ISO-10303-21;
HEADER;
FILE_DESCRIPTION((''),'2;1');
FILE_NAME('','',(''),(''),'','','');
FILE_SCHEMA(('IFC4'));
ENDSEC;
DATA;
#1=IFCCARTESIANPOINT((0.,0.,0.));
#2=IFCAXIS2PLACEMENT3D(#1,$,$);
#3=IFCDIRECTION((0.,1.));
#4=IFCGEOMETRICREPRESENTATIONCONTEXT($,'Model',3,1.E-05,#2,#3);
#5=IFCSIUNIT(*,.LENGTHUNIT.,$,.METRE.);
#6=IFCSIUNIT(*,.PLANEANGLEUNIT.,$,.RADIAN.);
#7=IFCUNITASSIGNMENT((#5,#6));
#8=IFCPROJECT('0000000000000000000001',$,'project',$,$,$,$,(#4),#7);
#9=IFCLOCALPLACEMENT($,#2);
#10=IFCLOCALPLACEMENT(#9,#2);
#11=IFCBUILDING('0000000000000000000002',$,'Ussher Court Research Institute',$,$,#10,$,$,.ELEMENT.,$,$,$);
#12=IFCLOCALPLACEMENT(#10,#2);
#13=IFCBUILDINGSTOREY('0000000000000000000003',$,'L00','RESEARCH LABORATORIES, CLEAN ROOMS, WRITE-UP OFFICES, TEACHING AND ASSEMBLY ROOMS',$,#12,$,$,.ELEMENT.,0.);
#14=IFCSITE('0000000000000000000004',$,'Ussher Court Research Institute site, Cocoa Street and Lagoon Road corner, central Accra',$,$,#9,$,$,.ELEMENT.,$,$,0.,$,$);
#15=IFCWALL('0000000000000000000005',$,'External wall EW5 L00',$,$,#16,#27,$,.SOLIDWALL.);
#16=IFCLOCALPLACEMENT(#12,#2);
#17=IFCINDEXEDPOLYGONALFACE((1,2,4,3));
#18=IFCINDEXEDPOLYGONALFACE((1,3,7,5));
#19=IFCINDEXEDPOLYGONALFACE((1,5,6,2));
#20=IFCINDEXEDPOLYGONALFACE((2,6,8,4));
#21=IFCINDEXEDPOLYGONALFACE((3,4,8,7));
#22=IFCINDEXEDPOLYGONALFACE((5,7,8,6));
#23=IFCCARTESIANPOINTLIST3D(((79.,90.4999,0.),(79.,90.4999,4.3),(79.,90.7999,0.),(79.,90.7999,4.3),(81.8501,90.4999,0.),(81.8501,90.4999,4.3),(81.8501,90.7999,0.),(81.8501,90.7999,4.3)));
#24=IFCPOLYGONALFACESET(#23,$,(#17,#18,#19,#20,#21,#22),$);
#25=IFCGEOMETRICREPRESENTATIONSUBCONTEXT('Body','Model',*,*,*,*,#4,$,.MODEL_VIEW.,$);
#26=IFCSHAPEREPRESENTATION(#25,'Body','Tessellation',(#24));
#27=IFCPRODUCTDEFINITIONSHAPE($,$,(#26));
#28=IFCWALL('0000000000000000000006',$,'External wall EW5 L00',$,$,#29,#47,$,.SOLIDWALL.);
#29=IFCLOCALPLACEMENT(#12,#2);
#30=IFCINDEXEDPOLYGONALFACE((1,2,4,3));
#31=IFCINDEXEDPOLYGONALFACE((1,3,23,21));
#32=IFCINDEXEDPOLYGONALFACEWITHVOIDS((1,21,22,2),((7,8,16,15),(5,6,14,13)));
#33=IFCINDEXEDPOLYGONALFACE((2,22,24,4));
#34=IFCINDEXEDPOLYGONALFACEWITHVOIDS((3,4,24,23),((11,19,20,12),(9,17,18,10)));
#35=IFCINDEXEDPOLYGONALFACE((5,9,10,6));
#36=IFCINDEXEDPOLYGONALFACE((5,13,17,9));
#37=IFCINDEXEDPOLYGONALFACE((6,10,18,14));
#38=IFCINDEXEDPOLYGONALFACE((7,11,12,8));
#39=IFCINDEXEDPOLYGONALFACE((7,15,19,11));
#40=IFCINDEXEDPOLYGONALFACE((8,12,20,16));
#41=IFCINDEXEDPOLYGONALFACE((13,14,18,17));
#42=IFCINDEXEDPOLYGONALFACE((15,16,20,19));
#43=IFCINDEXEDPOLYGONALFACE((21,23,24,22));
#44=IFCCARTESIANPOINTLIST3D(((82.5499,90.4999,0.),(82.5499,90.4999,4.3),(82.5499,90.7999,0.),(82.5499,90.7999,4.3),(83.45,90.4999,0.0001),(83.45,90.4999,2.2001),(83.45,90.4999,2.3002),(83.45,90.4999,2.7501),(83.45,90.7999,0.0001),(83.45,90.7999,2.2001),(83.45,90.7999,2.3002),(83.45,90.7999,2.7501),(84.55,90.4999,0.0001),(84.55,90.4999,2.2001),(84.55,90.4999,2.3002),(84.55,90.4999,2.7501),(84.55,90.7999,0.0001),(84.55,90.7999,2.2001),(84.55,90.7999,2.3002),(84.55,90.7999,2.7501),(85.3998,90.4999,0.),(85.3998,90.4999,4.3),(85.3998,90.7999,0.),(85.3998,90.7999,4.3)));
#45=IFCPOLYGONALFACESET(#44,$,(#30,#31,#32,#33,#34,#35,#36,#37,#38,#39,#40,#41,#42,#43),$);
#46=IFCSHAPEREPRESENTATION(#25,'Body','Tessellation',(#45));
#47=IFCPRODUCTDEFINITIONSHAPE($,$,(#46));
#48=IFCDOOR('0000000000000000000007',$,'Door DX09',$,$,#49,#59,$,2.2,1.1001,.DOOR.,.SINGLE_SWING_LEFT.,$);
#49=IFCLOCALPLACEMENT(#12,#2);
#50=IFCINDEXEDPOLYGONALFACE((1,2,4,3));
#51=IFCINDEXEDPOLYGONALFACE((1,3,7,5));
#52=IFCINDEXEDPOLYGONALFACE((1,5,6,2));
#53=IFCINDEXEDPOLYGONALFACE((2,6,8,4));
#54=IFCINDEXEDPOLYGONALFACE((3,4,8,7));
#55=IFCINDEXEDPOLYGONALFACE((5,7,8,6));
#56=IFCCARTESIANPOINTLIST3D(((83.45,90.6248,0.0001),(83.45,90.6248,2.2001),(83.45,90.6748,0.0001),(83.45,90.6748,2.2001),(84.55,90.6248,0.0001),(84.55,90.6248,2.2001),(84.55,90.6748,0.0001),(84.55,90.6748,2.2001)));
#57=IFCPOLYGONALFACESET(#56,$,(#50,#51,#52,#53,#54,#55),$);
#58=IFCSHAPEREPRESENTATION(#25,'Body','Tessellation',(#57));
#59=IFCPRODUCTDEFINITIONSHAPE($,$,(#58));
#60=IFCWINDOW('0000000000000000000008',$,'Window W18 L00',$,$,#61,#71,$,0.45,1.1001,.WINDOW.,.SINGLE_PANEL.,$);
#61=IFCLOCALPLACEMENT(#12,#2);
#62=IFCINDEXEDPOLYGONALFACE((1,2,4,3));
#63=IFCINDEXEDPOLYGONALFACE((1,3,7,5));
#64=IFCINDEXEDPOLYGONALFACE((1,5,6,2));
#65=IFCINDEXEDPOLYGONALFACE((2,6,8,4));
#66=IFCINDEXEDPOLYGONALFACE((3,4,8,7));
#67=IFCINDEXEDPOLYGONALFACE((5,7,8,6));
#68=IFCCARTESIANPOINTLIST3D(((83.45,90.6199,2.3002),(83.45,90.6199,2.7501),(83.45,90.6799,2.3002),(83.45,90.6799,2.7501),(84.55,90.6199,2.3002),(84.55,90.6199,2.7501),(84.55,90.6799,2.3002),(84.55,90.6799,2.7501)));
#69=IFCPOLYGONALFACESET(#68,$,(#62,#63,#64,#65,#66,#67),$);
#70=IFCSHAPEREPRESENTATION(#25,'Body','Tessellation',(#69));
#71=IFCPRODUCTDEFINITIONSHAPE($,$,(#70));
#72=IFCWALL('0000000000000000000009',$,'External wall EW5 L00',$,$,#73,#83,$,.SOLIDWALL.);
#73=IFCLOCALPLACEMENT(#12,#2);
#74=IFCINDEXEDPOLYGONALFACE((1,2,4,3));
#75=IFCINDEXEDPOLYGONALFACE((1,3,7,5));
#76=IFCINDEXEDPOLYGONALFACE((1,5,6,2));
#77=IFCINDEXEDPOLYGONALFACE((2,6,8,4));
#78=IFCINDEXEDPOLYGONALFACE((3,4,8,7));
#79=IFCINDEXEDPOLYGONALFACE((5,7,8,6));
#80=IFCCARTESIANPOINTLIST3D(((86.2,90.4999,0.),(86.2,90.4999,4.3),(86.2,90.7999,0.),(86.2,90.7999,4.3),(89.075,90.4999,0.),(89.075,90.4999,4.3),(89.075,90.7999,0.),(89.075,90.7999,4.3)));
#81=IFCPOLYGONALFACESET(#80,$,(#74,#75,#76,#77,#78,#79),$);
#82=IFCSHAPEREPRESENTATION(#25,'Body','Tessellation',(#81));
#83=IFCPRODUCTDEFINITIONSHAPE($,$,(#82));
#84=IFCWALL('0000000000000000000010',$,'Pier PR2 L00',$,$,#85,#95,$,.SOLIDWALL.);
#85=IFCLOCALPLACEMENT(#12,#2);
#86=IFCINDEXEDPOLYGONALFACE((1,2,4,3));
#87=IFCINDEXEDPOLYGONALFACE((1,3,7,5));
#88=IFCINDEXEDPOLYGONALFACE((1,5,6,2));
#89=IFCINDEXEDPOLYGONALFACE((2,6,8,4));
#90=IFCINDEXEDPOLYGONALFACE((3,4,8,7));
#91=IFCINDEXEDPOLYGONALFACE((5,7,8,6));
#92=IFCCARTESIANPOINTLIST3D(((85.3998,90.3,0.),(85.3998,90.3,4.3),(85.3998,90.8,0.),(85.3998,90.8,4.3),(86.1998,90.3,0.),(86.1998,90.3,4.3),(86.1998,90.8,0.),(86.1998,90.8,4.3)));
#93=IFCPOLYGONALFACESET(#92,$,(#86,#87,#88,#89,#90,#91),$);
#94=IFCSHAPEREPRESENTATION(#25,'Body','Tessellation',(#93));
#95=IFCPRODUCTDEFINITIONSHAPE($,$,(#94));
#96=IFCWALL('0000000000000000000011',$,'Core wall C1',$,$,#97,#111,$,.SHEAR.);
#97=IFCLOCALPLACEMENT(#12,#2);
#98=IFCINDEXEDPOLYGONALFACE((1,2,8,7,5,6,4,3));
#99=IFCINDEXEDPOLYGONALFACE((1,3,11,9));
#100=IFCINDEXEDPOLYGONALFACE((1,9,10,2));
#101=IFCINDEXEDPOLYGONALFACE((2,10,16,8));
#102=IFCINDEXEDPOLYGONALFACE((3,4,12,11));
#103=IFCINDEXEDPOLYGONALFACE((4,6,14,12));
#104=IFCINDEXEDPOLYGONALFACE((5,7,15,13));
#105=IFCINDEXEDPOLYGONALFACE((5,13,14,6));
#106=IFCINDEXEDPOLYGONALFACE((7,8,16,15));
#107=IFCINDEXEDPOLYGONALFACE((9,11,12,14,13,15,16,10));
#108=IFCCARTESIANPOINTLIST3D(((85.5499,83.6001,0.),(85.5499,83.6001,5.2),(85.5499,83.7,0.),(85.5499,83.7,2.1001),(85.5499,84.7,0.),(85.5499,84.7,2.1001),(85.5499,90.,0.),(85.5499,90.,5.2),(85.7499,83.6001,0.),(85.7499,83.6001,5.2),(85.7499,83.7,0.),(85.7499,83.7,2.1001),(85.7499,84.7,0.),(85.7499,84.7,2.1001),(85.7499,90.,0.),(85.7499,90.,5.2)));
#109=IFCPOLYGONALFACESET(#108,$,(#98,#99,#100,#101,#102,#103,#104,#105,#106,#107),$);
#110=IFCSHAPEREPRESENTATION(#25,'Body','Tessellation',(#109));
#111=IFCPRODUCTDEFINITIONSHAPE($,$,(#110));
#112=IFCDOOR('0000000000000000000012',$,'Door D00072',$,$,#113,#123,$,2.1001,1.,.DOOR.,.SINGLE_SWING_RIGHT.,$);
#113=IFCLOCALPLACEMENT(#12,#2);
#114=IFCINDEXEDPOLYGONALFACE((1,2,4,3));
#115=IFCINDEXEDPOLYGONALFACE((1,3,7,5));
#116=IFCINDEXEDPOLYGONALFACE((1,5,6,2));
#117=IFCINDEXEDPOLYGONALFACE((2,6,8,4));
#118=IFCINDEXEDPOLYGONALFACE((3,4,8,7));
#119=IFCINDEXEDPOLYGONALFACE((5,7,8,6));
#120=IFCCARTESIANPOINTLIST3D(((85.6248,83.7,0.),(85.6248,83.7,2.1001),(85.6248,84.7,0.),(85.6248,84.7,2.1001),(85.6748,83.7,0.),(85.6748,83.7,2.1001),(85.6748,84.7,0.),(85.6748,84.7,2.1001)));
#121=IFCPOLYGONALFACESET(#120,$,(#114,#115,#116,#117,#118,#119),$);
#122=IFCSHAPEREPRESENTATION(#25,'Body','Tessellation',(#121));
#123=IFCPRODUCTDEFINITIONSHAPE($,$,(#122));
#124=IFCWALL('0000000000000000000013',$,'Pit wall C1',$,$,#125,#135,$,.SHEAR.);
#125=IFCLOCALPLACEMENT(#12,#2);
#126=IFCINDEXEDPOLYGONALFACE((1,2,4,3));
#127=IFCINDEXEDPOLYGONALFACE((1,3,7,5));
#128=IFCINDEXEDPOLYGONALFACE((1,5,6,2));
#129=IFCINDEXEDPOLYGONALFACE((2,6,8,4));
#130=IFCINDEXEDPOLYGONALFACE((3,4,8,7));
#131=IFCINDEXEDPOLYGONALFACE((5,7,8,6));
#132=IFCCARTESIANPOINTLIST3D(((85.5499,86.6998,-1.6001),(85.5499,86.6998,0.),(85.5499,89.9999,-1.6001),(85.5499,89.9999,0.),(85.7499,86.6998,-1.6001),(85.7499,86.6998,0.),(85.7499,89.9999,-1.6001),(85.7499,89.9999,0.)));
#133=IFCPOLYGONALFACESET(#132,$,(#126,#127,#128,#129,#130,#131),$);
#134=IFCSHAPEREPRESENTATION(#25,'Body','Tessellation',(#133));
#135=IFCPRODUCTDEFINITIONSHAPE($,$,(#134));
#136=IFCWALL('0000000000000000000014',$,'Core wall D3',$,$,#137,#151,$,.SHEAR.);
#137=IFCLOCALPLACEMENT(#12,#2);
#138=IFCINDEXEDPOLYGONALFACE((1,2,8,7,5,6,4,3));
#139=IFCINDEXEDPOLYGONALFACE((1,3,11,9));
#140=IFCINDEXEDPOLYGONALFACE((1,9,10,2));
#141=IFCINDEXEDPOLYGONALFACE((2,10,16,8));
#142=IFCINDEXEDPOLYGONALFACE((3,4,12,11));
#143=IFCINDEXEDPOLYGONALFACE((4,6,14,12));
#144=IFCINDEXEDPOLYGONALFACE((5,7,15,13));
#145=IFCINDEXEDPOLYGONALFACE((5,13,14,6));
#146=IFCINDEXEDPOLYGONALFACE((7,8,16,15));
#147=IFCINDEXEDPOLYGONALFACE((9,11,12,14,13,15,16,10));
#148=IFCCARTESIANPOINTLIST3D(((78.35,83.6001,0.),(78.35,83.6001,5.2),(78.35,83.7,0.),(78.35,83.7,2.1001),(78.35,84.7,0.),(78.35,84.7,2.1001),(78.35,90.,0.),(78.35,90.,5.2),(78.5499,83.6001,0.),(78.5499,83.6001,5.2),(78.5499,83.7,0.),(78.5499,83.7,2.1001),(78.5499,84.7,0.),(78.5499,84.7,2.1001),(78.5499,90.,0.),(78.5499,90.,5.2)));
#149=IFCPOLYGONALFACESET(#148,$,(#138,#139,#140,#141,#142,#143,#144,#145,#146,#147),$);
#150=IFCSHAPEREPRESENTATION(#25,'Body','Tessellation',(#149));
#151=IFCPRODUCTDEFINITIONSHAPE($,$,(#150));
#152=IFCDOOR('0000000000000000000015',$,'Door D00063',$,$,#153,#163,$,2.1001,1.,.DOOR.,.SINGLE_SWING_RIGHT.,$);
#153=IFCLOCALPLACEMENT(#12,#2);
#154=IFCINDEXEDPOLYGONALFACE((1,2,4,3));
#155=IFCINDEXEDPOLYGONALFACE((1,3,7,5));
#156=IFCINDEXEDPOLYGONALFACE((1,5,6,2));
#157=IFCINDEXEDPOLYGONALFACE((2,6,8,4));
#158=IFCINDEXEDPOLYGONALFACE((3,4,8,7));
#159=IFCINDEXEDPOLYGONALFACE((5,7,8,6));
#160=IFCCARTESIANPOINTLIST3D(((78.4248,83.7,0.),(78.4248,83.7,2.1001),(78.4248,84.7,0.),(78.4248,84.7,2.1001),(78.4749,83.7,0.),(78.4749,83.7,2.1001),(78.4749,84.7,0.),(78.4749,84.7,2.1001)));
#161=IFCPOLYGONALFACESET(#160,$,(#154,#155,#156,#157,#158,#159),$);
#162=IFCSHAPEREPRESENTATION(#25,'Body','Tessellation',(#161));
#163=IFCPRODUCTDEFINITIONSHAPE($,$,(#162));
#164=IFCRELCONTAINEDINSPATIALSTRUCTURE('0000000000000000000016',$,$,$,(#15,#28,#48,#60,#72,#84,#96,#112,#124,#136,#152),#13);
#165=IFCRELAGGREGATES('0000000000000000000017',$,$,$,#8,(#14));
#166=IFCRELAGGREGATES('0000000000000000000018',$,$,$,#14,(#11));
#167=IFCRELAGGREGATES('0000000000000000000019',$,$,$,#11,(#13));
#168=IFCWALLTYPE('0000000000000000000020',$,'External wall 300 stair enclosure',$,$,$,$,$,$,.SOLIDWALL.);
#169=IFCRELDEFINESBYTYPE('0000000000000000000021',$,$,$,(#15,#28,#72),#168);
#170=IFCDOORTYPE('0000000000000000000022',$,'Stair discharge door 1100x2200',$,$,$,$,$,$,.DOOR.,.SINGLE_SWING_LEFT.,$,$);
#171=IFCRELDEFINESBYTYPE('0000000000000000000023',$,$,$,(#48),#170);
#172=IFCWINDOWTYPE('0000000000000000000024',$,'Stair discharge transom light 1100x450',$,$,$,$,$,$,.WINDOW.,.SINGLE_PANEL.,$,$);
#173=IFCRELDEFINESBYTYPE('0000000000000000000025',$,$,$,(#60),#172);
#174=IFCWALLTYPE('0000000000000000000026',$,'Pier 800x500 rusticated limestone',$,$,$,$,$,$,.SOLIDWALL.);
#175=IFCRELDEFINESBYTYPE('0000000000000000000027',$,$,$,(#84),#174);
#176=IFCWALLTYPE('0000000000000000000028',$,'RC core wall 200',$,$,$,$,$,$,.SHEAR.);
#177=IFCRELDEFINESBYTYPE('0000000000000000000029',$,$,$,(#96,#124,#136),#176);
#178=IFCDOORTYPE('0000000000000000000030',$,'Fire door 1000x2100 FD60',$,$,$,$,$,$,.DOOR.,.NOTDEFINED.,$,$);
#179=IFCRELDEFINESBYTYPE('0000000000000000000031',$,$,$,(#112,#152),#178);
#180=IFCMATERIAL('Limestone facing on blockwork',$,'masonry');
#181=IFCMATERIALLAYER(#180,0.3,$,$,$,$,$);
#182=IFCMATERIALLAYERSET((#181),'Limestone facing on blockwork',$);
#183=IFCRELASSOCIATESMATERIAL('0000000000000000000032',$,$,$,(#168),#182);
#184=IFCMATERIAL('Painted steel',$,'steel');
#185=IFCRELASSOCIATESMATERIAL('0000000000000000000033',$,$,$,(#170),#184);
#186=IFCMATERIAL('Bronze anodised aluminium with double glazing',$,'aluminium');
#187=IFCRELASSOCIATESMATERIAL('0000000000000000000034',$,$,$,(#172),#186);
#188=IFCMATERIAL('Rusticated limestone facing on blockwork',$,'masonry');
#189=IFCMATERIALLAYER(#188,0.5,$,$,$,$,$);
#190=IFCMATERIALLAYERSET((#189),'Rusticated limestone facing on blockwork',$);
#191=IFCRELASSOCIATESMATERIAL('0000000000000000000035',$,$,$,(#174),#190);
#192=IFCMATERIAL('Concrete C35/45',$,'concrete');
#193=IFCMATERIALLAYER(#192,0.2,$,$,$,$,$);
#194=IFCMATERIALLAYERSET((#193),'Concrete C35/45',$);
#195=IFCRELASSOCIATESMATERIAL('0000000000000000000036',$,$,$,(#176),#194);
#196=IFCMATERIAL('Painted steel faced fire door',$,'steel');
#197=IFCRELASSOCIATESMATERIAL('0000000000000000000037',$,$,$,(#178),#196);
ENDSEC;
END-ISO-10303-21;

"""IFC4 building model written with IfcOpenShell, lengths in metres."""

from ifc_helpers import new_model, si_unit, direction, frame, frame_2d, origin, place, context, subcontext, project, spatial, rectangle, extrude, material, layer, layer_set, type_object, element, fill, save


model = new_model("IFC4")

# Units and contexts
model_context = context("Model", 3, precision=1e-05, world=origin(), true_north=direction((0.0, 1.0)))
body_context = subcontext(model_context, "Body", "Model", "MODEL_VIEW")
ifc_project = project(units=[si_unit("LENGTHUNIT", "METRE"), si_unit("PLANEANGLEUNIT", "RADIAN")], contexts=[model_context])

# Site, building, storey
site_placement = place(None, origin())
site = spatial("IfcSite", under=ifc_project, at=site_placement, Name="Ussher Court Research Institute site, Cocoa Street and Lagoon Road corner, central Accra", CompositionType="ELEMENT", RefElevation=0.0)
building_placement = place(site_placement, origin())
building = spatial("IfcBuilding", under=site, at=building_placement, Name="Ussher Court Research Institute", CompositionType="ELEMENT")
storey_placement = place(building_placement, origin())
storey = spatial("IfcBuildingStorey", under=building, at=storey_placement, Name="L00", Description="RESEARCH LABORATORIES, CLEAN ROOMS, WRITE-UP OFFICES, TEACHING AND ASSEMBLY ROOMS", CompositionType="ELEMENT", Elevation=0.0)

# Wall
ifc_material_1 = material(Name="Limestone facing on blockwork", Category="masonry")
ifc_layer_1 = layer(ifc_material_1, 0.3)
ifc_layer_set_1 = layer_set([ifc_layer_1], Name="Limestone facing on blockwork")
wall_type_1 = type_object("IfcWallType", Name="External wall 300 stair enclosure", PredefinedType="SOLIDWALL", material=ifc_layer_set_1)
wall_1_placement = place(storey_placement, frame((79.0, 90.6499, 0.0), z_axis=(0.0, 0.0, 1.0), x_axis=(1.0, 0.0, 0.0)))
element("IfcWall", 1, at=wall_1_placement, inside=storey, type_object=wall_type_1, Name="External wall EW5 L00", PredefinedType="SOLIDWALL", context=body_context, shape_type="SweptSolid", body=[
    extrude(rectangle(XDim=2.8501, YDim=0.3, at=frame_2d((1.425, 0.0))), origin(), (0.0, 0.0, 1.0), 4.3),
])

# Wall, openings, door, window
wall_2_placement = place(storey_placement, frame((82.55, 90.6499, 0.0), z_axis=(0.0, 0.0, 1.0), x_axis=(1.0, 0.0, 0.0)))
wall_2 = element("IfcWall", 2, at=wall_2_placement, inside=storey, type_object=wall_type_1, Name="External wall EW5 L00", PredefinedType="SOLIDWALL", context=body_context, shape_type="SweptSolid", body=[
    extrude(rectangle(XDim=2.8499, YDim=0.3, at=frame_2d((1.4248, 0.0))), origin(), (0.0, 0.0, 1.0), 4.3),
])
opening_1_placement = place(wall_2_placement, frame((0.8999, 0.0, 0.0)))
opening_1 = element("IfcOpeningElement", 3, at=opening_1_placement, cuts=wall_2, PredefinedType="OPENING", context=body_context, shape_type="SweptSolid", body=[
    extrude(rectangle(XDim=1.1001, YDim=2.2, at=frame_2d((0.55, 1.1001))), frame((0.0, 0.1602, 0.0), z_axis=(0.0, -1.0, 0.0), x_axis=(1.0, 0.0, 0.0)), (0.0, 0.0, 1.0), 0.3201),
])
opening_2_placement = place(wall_2_placement, frame((0.8999, 0.0, 2.3)))
opening_2 = element("IfcOpeningElement", 4, at=opening_2_placement, cuts=wall_2, PredefinedType="OPENING", context=body_context, shape_type="SweptSolid", body=[
    extrude(rectangle(XDim=1.1001, YDim=0.45, at=frame_2d((0.55, 0.2251))), frame((0.0, 0.1602, 0.0), z_axis=(0.0, -1.0, 0.0), x_axis=(1.0, 0.0, 0.0)), (0.0, 0.0, 1.0), 0.3201),
])
ifc_material_2 = material(Name="Painted steel", Category="steel")
door_type_1 = type_object("IfcDoorType", Name="Stair discharge door 1100x2200", OperationType="SINGLE_SWING_LEFT", PredefinedType="DOOR", material=ifc_material_2)
door_1_placement = place(opening_1_placement, origin())
door_1 = element("IfcDoor", 5, at=door_1_placement, inside=storey, type_object=door_type_1, Name="Door DX09", OperationType="SINGLE_SWING_LEFT", OverallHeight=2.2, OverallWidth=1.1001, PredefinedType="DOOR", context=body_context, shape_type="SweptSolid", body=[
    extrude(rectangle(XDim=1.1001, YDim=2.2, at=frame_2d((0.55, 1.1001))), frame((0.0, 0.0249, 0.0), z_axis=(0.0, -1.0, 0.0), x_axis=(1.0, 0.0, 0.0)), (0.0, 0.0, 1.0), 0.05),
])
fill(opening_1, door_1)
ifc_material_3 = material(Name="Bronze anodised aluminium with double glazing", Category="aluminium")
window_type = type_object("IfcWindowType", Name="Stair discharge transom light 1100x450", PartitioningType="SINGLE_PANEL", PredefinedType="WINDOW", material=ifc_material_3)
window_placement = place(opening_2_placement, origin())
window = element("IfcWindow", 6, at=window_placement, inside=storey, type_object=window_type, Name="Window W18 L00", OverallHeight=0.45, OverallWidth=1.1001, PartitioningType="SINGLE_PANEL", PredefinedType="WINDOW", context=body_context, shape_type="SweptSolid", body=[
    extrude(rectangle(XDim=1.1001, YDim=0.45, at=frame_2d((0.55, 0.2251))), frame((0.0, 0.03, 0.0), z_axis=(0.0, -1.0, 0.0), x_axis=(1.0, 0.0, 0.0)), (0.0, 0.0, 1.0), 0.0601),
])
fill(opening_2, window)

# Walls
wall_3_placement = place(storey_placement, frame((86.2, 90.6499, 0.0), z_axis=(0.0, 0.0, 1.0), x_axis=(1.0, 0.0, 0.0)))
element("IfcWall", 7, at=wall_3_placement, inside=storey, type_object=wall_type_1, Name="External wall EW5 L00", PredefinedType="SOLIDWALL", context=body_context, shape_type="SweptSolid", body=[
    extrude(rectangle(XDim=2.875, YDim=0.3, at=frame_2d((1.4375, 0.0))), origin(), (0.0, 0.0, 1.0), 4.3),
])
ifc_material_4 = material(Name="Rusticated limestone facing on blockwork", Category="masonry")
ifc_layer_2 = layer(ifc_material_4, 0.5)
ifc_layer_set_2 = layer_set([ifc_layer_2], Name="Rusticated limestone facing on blockwork")
wall_type_2 = type_object("IfcWallType", Name="Pier 800x500 rusticated limestone", PredefinedType="SOLIDWALL", material=ifc_layer_set_2)
wall_4_placement = place(storey_placement, frame((85.3999, 90.55, 0.0), z_axis=(0.0, 0.0, 1.0), x_axis=(1.0, 0.0, 0.0)))
element("IfcWall", 8, at=wall_4_placement, inside=storey, type_object=wall_type_2, Name="Pier PR2 L00", PredefinedType="SOLIDWALL", context=body_context, shape_type="SweptSolid", body=[
    extrude(rectangle(XDim=0.8, YDim=0.5, at=frame_2d((0.3999, 0.0))), origin(), (0.0, 0.0, 1.0), 4.3),
])

# Wall, opening, door
ifc_material_5 = material(Name="Concrete C35/45", Category="concrete")
ifc_layer_3 = layer(ifc_material_5, 0.2)
ifc_layer_set_3 = layer_set([ifc_layer_3], Name="Concrete C35/45")
wall_type_3 = type_object("IfcWallType", Name="RC core wall 200", PredefinedType="SHEAR", material=ifc_layer_set_3)
wall_5_placement = place(storey_placement, frame((85.6499, 90.0, 0.0), z_axis=(0.0, 0.0, 1.0), x_axis=(0.0, -1.0, 0.0)))
wall_5 = element("IfcWall", 9, at=wall_5_placement, inside=storey, type_object=wall_type_3, Name="Core wall C1", PredefinedType="SHEAR", context=body_context, shape_type="SweptSolid", body=[
    extrude(rectangle(XDim=6.3999, YDim=0.2, at=frame_2d((3.2, 0.0))), origin(), (0.0, 0.0, 1.0), 5.2),
])
opening_3_placement = place(wall_5_placement, frame((5.3, 0.0, 0.0)))
opening_3 = element("IfcOpeningElement", 10, at=opening_3_placement, cuts=wall_5, PredefinedType="OPENING", context=body_context, shape_type="SweptSolid", body=[
    extrude(rectangle(XDim=1.0, YDim=2.1001, at=frame_2d((0.5, 1.05))), frame((0.0, 0.1099, 0.0), z_axis=(0.0, -1.0, 0.0), x_axis=(1.0, 0.0, 0.0)), (0.0, 0.0, 1.0), 0.22),
])
ifc_material_6 = material(Name="Painted steel faced fire door", Category="steel")
door_type_2 = type_object("IfcDoorType", Name="Fire door 1000x2100 FD60", OperationType="NOTDEFINED", PredefinedType="DOOR", material=ifc_material_6)
door_2_placement = place(opening_3_placement, origin())
door_2 = element("IfcDoor", 11, at=door_2_placement, inside=storey, type_object=door_type_2, Name="Door D00072", OperationType="SINGLE_SWING_RIGHT", OverallHeight=2.1001, OverallWidth=1.0, PredefinedType="DOOR", context=body_context, shape_type="SweptSolid", body=[
    extrude(rectangle(XDim=1.0, YDim=2.1001, at=frame_2d((0.5, 1.05))), frame((0.0, 0.0249, 0.0), z_axis=(0.0, -1.0, 0.0), x_axis=(1.0, 0.0, 0.0)), (0.0, 0.0, 1.0), 0.05),
])
fill(opening_3, door_2)

# Wall
wall_6_placement = place(storey_placement, frame((85.6499, 86.7, -1.6001), z_axis=(0.0, 0.0, 1.0), x_axis=(0.0, 1.0, 0.0)))
element("IfcWall", 12, at=wall_6_placement, inside=storey, type_object=wall_type_3, Name="Pit wall C1", PredefinedType="SHEAR", context=body_context, shape_type="SweptSolid", body=[
    extrude(rectangle(XDim=3.3, YDim=0.2, at=frame_2d((1.6499, 0.0))), origin(), (0.0, 0.0, 1.0), 1.6001),
])

# Wall, opening, door
wall_7_placement = place(storey_placement, frame((78.45, 90.0, 0.0), z_axis=(0.0, 0.0, 1.0), x_axis=(0.0, -1.0, 0.0)))
wall_7 = element("IfcWall", 13, at=wall_7_placement, inside=storey, type_object=wall_type_3, Name="Core wall D3", PredefinedType="SHEAR", context=body_context, shape_type="SweptSolid", body=[
    extrude(rectangle(XDim=6.3999, YDim=0.2, at=frame_2d((3.2, 0.0))), origin(), (0.0, 0.0, 1.0), 5.2),
])
opening_4_placement = place(wall_7_placement, frame((5.3, 0.0, 0.0)))
opening_4 = element("IfcOpeningElement", 14, at=opening_4_placement, cuts=wall_7, PredefinedType="OPENING", context=body_context, shape_type="SweptSolid", body=[
    extrude(rectangle(XDim=1.0, YDim=2.1001, at=frame_2d((0.5, 1.05))), frame((0.0, 0.1099, 0.0), z_axis=(0.0, -1.0, 0.0), x_axis=(1.0, 0.0, 0.0)), (0.0, 0.0, 1.0), 0.22),
])
door_3_placement = place(opening_4_placement, origin())
door_3 = element("IfcDoor", 15, at=door_3_placement, inside=storey, type_object=door_type_2, Name="Door D00063", OperationType="SINGLE_SWING_RIGHT", OverallHeight=2.1001, OverallWidth=1.0, PredefinedType="DOOR", context=body_context, shape_type="SweptSolid", body=[
    extrude(rectangle(XDim=1.0, YDim=2.1001, at=frame_2d((0.5, 1.05))), frame((0.0, 0.0249, 0.0), z_axis=(0.0, -1.0, 0.0), x_axis=(1.0, 0.0, 0.0)), (0.0, 0.0, 1.0), 0.05),
])
fill(opening_4, door_3)

save(model, "model.ifc")
